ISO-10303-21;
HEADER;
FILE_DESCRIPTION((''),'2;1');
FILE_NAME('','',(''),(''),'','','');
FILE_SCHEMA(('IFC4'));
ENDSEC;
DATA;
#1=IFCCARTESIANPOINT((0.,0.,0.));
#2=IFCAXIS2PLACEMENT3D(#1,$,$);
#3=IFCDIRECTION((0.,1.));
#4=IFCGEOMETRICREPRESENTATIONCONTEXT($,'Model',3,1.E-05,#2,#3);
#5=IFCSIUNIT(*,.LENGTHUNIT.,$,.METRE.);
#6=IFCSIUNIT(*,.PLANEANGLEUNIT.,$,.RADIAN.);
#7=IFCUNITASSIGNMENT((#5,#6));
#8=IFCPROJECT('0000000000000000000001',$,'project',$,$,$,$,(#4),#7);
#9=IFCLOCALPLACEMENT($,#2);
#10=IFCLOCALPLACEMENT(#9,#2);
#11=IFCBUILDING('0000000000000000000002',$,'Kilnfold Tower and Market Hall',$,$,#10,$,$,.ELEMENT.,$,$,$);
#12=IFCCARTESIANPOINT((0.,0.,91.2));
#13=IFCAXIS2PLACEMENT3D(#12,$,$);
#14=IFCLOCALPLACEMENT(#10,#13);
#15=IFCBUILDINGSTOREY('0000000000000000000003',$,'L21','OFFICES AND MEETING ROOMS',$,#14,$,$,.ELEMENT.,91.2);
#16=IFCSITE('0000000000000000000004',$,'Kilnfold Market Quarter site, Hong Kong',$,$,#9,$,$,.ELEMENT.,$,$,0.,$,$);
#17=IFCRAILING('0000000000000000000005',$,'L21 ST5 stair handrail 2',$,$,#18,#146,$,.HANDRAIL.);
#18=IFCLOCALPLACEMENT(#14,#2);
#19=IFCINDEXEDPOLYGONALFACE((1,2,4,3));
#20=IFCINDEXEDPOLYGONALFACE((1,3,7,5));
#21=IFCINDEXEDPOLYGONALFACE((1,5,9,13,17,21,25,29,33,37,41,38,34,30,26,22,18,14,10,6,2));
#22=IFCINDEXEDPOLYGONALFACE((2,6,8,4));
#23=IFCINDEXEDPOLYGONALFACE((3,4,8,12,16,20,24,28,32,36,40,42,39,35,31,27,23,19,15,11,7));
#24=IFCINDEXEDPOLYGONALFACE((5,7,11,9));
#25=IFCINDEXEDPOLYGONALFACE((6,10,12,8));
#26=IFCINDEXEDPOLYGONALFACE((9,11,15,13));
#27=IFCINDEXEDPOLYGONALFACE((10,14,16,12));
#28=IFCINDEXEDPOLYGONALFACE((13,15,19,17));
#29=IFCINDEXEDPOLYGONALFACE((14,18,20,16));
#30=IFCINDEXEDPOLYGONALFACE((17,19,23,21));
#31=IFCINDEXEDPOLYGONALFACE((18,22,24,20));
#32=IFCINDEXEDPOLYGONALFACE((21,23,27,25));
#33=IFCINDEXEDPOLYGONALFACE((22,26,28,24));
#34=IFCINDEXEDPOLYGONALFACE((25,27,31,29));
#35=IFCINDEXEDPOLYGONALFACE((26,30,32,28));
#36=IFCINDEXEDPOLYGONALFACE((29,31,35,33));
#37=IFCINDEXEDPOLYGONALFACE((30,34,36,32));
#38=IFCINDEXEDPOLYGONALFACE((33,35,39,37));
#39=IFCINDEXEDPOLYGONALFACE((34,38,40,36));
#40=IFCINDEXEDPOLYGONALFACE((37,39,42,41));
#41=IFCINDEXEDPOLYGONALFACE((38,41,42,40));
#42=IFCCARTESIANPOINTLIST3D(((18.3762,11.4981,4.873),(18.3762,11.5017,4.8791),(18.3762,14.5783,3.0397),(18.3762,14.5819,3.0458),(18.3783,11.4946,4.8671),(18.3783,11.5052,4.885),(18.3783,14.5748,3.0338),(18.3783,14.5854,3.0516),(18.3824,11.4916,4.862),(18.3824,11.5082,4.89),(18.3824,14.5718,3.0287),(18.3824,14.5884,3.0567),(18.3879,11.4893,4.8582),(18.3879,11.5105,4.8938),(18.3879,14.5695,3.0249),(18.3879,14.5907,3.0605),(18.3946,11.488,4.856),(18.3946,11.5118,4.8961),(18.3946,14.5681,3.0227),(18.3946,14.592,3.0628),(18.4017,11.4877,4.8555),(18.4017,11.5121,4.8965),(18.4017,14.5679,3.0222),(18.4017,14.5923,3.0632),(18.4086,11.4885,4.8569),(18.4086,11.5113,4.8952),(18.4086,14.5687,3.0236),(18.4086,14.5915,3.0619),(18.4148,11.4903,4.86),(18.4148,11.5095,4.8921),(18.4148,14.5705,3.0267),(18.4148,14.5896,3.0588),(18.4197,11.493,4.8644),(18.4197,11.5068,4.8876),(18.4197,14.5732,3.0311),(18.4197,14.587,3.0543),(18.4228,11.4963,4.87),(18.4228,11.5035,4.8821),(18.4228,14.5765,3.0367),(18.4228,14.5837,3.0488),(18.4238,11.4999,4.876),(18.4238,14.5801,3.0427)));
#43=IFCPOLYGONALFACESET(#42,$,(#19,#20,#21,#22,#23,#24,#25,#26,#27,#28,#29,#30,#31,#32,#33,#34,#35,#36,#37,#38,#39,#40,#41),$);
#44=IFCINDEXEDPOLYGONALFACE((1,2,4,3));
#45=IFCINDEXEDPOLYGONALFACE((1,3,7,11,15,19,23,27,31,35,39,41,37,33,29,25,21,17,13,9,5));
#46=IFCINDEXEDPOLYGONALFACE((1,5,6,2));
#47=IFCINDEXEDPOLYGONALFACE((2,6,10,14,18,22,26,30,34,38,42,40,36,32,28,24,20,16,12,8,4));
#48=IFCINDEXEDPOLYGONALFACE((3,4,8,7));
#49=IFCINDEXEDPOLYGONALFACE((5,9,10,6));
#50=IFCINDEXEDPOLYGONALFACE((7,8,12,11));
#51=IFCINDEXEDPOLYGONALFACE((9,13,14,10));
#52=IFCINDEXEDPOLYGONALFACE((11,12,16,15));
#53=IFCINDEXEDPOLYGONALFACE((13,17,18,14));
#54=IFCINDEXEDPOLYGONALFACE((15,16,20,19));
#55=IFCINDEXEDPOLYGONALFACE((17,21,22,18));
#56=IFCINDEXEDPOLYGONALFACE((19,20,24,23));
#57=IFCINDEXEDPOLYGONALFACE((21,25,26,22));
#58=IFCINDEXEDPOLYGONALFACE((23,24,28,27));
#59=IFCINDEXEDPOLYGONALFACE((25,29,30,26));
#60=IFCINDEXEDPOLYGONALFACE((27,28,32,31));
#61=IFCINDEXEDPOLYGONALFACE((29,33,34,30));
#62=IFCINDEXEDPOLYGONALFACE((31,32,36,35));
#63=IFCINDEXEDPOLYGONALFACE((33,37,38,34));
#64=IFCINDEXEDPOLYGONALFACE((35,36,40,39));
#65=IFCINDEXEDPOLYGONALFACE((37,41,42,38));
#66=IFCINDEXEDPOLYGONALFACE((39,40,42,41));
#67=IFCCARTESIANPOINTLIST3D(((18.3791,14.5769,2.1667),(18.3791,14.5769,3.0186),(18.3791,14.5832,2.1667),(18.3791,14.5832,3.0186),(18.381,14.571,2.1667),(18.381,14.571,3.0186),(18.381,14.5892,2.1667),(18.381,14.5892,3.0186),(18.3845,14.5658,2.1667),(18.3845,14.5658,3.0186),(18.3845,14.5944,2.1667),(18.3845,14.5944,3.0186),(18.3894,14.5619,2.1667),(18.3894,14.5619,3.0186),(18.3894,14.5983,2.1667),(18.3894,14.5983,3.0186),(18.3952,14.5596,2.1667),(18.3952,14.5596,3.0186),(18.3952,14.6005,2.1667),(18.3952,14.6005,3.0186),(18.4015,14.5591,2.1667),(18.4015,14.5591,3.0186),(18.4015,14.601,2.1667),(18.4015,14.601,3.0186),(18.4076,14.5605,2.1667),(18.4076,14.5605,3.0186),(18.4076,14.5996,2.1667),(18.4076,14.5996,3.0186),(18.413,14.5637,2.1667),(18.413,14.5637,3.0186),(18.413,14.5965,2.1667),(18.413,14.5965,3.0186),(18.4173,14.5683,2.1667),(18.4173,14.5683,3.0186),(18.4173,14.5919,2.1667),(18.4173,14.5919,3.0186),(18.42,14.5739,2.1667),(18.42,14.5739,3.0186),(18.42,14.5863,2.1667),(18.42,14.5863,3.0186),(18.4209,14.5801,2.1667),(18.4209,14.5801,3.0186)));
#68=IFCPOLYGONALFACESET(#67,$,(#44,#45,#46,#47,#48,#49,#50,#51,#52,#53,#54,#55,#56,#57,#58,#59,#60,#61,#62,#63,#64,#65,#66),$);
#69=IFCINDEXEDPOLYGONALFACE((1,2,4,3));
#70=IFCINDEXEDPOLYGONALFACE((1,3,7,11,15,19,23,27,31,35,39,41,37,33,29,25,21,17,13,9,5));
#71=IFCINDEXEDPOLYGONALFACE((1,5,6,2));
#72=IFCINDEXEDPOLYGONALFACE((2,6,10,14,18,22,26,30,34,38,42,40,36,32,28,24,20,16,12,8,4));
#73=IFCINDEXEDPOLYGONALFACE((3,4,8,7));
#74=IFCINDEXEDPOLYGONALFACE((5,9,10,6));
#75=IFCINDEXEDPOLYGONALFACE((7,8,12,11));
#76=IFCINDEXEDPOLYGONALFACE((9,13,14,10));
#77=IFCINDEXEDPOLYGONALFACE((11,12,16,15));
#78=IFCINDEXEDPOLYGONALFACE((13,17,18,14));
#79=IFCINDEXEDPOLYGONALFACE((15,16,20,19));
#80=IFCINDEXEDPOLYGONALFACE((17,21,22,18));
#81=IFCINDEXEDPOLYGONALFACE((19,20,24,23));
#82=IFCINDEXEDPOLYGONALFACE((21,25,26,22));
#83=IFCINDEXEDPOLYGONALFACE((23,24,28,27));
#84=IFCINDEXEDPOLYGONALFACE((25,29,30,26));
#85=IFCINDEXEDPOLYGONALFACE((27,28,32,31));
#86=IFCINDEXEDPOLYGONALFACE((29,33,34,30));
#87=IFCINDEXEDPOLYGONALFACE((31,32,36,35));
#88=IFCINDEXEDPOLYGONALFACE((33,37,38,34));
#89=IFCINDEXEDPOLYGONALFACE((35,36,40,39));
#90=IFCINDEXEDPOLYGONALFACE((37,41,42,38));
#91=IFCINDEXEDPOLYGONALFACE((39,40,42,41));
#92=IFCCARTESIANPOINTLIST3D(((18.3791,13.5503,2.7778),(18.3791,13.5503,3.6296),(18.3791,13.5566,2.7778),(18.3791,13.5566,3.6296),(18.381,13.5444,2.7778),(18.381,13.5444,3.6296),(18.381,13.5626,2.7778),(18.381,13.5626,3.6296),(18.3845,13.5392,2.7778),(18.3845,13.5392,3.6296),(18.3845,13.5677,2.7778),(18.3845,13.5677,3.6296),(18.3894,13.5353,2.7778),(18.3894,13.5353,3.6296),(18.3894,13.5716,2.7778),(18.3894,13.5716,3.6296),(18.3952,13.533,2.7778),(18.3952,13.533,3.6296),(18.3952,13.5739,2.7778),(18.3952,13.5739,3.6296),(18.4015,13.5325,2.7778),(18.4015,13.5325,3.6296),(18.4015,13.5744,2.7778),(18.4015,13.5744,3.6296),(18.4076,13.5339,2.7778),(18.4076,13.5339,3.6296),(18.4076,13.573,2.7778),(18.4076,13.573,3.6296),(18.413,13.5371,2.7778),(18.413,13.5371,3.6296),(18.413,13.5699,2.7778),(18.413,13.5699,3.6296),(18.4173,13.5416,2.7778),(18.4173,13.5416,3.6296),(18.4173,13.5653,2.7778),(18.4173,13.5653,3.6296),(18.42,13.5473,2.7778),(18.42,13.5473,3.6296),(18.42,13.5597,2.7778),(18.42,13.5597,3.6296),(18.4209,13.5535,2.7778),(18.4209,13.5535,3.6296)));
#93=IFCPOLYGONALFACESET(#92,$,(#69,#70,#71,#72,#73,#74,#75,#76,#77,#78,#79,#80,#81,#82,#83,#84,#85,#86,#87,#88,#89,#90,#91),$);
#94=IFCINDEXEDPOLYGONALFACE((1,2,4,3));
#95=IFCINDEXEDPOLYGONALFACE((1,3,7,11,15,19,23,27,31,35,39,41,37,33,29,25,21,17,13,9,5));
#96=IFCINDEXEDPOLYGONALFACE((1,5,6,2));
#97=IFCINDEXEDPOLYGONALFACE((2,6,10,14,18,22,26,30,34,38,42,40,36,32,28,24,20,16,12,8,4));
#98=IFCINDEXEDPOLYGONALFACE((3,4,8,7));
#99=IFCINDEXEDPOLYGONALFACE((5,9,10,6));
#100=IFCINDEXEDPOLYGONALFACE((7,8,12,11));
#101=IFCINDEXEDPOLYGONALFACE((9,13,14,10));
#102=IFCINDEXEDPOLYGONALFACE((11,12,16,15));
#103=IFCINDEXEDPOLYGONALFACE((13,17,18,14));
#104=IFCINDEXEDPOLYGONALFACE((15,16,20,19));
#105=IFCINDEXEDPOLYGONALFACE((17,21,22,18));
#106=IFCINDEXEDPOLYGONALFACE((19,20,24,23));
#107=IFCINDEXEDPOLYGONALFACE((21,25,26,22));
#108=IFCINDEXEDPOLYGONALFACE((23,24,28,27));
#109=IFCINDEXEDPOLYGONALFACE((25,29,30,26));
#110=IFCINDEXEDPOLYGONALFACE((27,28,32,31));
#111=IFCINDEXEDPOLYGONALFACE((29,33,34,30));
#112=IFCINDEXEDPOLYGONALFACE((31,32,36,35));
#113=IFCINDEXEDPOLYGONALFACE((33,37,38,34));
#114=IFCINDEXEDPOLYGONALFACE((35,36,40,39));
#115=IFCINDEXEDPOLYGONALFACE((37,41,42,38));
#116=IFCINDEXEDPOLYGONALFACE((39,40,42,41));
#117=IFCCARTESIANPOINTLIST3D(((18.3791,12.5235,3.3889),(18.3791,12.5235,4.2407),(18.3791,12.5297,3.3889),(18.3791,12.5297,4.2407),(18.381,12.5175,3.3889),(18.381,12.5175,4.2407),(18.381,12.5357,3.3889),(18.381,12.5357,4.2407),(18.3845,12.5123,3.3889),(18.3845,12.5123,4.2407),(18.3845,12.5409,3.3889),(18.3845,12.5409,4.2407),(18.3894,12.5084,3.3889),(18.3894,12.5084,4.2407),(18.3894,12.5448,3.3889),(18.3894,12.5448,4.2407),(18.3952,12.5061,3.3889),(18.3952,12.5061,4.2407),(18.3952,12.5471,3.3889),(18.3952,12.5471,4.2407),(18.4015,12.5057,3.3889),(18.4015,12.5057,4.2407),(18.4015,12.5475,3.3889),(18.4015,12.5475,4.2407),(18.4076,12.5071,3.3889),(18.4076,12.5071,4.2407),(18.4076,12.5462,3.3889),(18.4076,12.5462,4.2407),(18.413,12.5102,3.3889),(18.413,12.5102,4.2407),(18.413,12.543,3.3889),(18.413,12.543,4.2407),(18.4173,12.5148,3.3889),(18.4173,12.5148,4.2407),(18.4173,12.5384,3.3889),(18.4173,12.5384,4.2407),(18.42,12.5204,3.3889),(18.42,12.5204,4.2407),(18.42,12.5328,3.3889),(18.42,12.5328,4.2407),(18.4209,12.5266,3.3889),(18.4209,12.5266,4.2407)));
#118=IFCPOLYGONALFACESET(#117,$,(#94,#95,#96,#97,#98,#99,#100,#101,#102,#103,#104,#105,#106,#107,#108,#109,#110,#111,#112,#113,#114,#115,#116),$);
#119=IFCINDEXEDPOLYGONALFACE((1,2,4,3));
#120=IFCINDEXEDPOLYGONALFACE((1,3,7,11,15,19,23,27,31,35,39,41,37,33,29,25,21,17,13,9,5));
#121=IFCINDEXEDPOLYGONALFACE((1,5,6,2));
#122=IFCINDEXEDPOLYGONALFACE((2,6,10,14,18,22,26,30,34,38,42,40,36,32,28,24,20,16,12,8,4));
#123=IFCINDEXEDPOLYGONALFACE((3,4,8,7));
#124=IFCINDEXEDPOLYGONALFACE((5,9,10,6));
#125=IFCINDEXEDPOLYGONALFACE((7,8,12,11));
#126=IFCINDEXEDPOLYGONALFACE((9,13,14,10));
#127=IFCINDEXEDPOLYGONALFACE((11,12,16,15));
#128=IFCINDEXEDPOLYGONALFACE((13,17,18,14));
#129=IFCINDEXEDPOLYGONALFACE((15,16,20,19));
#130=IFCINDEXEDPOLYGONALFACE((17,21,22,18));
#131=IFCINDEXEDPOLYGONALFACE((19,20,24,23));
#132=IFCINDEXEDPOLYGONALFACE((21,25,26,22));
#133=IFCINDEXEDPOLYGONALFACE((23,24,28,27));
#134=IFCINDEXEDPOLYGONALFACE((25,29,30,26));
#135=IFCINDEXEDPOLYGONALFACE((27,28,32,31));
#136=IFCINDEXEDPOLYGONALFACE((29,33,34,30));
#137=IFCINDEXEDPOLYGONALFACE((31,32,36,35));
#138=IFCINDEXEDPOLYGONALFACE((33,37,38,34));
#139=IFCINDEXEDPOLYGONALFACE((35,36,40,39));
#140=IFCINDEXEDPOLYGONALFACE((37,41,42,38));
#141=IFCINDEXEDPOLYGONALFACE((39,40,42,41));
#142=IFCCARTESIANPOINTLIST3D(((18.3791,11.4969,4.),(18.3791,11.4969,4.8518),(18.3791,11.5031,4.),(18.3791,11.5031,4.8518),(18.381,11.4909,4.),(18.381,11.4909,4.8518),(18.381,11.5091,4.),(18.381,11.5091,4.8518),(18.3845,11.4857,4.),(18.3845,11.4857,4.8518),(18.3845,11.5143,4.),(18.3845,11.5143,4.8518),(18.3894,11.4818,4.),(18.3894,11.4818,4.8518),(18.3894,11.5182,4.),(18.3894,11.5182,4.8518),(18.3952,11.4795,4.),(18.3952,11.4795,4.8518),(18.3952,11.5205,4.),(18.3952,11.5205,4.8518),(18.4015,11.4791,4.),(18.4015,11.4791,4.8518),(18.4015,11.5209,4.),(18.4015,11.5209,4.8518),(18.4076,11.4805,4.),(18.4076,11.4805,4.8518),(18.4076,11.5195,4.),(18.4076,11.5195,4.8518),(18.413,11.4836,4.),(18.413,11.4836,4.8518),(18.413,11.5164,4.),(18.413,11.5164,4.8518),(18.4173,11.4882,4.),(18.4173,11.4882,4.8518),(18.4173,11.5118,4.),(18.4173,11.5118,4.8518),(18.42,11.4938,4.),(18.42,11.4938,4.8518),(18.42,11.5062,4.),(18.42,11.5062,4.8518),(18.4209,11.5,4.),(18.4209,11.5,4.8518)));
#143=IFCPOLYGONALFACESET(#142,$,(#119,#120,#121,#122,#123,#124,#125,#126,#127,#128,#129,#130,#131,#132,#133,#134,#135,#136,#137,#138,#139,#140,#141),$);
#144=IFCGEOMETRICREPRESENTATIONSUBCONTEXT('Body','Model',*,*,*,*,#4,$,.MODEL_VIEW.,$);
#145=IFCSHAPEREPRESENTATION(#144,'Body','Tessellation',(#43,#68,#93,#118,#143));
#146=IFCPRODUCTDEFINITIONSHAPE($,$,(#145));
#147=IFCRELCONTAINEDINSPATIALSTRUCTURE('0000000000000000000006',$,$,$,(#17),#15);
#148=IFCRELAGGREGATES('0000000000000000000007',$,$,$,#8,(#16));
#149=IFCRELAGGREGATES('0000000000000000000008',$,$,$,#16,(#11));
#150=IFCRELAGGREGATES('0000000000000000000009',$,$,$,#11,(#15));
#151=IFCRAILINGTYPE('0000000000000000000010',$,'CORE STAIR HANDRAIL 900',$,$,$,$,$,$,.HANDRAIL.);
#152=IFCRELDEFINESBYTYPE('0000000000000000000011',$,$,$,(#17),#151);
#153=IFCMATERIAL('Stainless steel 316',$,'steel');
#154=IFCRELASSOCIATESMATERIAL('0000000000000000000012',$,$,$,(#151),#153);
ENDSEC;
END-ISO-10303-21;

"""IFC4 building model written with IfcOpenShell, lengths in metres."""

from ifc_helpers import new_model, si_unit, direction, frame, origin, origin_2d, place, context, subcontext, project, spatial, circle, extrude, material, type_object, element, save


model = new_model("IFC4")

# Units and contexts
model_context = context("Model", 3, precision=1e-05, world=origin(), true_north=direction((0.0, 1.0)))
body_context = subcontext(model_context, "Body", "Model", "MODEL_VIEW")
ifc_project = project(units=[si_unit("LENGTHUNIT", "METRE"), si_unit("PLANEANGLEUNIT", "RADIAN")], contexts=[model_context])

# Site, building, storey
site_placement = place(None, origin())
site = spatial("IfcSite", under=ifc_project, at=site_placement, Name="Kilnfold Market Quarter site, Hong Kong", CompositionType="ELEMENT", RefElevation=0.0)
building_placement = place(site_placement, origin())
building = spatial("IfcBuilding", under=site, at=building_placement, Name="Kilnfold Tower and Market Hall", CompositionType="ELEMENT")
storey_placement = place(building_placement, frame((0.0, 0.0, 91.2)))
storey = spatial("IfcBuildingStorey", under=building, at=storey_placement, Name="L21", Description="OFFICES AND MEETING ROOMS", CompositionType="ELEMENT", Elevation=91.2)

# Railing
ifc_material_1 = material(Name="Stainless steel 316", Category="steel")
railing_type_1 = type_object("IfcRailingType", Name="CORE STAIR HANDRAIL 900", PredefinedType="HANDRAIL", material=ifc_material_1)
railing_1_placement = place(storey_placement, frame((18.3999, 14.5801, 2.1667)))
element("IfcRailing", 1, at=railing_1_placement, inside=storey, type_object=railing_type_1, Name="L21 ST5 stair handrail 2", PredefinedType="HANDRAIL", context=body_context, shape_type="SweptSolid", body=[
    extrude(circle(Radius=0.0239, at=origin_2d()), frame((0.0, 0.0, 0.876), z_axis=(0.0, -0.859309, 0.511458), x_axis=(1.0, 0.0, 0.0)), (0.0, 0.0, 1.0), 3.5845),
    extrude(circle(Radius=0.021, at=origin_2d()), origin(), (0.0, 0.0, 1.0), 0.8518),
    extrude(circle(Radius=0.021, at=origin_2d()), frame((0.0, -1.0266, 0.6111)), (0.0, 0.0, 1.0), 0.8518),
    extrude(circle(Radius=0.021, at=origin_2d()), frame((0.0, -2.0535, 1.2222)), (0.0, 0.0, 1.0), 0.8518),
    extrude(circle(Radius=0.021, at=origin_2d()), frame((0.0, -3.0801, 1.8333)), (0.0, 0.0, 1.0), 0.8518),
])

save(model, "model.ifc")
